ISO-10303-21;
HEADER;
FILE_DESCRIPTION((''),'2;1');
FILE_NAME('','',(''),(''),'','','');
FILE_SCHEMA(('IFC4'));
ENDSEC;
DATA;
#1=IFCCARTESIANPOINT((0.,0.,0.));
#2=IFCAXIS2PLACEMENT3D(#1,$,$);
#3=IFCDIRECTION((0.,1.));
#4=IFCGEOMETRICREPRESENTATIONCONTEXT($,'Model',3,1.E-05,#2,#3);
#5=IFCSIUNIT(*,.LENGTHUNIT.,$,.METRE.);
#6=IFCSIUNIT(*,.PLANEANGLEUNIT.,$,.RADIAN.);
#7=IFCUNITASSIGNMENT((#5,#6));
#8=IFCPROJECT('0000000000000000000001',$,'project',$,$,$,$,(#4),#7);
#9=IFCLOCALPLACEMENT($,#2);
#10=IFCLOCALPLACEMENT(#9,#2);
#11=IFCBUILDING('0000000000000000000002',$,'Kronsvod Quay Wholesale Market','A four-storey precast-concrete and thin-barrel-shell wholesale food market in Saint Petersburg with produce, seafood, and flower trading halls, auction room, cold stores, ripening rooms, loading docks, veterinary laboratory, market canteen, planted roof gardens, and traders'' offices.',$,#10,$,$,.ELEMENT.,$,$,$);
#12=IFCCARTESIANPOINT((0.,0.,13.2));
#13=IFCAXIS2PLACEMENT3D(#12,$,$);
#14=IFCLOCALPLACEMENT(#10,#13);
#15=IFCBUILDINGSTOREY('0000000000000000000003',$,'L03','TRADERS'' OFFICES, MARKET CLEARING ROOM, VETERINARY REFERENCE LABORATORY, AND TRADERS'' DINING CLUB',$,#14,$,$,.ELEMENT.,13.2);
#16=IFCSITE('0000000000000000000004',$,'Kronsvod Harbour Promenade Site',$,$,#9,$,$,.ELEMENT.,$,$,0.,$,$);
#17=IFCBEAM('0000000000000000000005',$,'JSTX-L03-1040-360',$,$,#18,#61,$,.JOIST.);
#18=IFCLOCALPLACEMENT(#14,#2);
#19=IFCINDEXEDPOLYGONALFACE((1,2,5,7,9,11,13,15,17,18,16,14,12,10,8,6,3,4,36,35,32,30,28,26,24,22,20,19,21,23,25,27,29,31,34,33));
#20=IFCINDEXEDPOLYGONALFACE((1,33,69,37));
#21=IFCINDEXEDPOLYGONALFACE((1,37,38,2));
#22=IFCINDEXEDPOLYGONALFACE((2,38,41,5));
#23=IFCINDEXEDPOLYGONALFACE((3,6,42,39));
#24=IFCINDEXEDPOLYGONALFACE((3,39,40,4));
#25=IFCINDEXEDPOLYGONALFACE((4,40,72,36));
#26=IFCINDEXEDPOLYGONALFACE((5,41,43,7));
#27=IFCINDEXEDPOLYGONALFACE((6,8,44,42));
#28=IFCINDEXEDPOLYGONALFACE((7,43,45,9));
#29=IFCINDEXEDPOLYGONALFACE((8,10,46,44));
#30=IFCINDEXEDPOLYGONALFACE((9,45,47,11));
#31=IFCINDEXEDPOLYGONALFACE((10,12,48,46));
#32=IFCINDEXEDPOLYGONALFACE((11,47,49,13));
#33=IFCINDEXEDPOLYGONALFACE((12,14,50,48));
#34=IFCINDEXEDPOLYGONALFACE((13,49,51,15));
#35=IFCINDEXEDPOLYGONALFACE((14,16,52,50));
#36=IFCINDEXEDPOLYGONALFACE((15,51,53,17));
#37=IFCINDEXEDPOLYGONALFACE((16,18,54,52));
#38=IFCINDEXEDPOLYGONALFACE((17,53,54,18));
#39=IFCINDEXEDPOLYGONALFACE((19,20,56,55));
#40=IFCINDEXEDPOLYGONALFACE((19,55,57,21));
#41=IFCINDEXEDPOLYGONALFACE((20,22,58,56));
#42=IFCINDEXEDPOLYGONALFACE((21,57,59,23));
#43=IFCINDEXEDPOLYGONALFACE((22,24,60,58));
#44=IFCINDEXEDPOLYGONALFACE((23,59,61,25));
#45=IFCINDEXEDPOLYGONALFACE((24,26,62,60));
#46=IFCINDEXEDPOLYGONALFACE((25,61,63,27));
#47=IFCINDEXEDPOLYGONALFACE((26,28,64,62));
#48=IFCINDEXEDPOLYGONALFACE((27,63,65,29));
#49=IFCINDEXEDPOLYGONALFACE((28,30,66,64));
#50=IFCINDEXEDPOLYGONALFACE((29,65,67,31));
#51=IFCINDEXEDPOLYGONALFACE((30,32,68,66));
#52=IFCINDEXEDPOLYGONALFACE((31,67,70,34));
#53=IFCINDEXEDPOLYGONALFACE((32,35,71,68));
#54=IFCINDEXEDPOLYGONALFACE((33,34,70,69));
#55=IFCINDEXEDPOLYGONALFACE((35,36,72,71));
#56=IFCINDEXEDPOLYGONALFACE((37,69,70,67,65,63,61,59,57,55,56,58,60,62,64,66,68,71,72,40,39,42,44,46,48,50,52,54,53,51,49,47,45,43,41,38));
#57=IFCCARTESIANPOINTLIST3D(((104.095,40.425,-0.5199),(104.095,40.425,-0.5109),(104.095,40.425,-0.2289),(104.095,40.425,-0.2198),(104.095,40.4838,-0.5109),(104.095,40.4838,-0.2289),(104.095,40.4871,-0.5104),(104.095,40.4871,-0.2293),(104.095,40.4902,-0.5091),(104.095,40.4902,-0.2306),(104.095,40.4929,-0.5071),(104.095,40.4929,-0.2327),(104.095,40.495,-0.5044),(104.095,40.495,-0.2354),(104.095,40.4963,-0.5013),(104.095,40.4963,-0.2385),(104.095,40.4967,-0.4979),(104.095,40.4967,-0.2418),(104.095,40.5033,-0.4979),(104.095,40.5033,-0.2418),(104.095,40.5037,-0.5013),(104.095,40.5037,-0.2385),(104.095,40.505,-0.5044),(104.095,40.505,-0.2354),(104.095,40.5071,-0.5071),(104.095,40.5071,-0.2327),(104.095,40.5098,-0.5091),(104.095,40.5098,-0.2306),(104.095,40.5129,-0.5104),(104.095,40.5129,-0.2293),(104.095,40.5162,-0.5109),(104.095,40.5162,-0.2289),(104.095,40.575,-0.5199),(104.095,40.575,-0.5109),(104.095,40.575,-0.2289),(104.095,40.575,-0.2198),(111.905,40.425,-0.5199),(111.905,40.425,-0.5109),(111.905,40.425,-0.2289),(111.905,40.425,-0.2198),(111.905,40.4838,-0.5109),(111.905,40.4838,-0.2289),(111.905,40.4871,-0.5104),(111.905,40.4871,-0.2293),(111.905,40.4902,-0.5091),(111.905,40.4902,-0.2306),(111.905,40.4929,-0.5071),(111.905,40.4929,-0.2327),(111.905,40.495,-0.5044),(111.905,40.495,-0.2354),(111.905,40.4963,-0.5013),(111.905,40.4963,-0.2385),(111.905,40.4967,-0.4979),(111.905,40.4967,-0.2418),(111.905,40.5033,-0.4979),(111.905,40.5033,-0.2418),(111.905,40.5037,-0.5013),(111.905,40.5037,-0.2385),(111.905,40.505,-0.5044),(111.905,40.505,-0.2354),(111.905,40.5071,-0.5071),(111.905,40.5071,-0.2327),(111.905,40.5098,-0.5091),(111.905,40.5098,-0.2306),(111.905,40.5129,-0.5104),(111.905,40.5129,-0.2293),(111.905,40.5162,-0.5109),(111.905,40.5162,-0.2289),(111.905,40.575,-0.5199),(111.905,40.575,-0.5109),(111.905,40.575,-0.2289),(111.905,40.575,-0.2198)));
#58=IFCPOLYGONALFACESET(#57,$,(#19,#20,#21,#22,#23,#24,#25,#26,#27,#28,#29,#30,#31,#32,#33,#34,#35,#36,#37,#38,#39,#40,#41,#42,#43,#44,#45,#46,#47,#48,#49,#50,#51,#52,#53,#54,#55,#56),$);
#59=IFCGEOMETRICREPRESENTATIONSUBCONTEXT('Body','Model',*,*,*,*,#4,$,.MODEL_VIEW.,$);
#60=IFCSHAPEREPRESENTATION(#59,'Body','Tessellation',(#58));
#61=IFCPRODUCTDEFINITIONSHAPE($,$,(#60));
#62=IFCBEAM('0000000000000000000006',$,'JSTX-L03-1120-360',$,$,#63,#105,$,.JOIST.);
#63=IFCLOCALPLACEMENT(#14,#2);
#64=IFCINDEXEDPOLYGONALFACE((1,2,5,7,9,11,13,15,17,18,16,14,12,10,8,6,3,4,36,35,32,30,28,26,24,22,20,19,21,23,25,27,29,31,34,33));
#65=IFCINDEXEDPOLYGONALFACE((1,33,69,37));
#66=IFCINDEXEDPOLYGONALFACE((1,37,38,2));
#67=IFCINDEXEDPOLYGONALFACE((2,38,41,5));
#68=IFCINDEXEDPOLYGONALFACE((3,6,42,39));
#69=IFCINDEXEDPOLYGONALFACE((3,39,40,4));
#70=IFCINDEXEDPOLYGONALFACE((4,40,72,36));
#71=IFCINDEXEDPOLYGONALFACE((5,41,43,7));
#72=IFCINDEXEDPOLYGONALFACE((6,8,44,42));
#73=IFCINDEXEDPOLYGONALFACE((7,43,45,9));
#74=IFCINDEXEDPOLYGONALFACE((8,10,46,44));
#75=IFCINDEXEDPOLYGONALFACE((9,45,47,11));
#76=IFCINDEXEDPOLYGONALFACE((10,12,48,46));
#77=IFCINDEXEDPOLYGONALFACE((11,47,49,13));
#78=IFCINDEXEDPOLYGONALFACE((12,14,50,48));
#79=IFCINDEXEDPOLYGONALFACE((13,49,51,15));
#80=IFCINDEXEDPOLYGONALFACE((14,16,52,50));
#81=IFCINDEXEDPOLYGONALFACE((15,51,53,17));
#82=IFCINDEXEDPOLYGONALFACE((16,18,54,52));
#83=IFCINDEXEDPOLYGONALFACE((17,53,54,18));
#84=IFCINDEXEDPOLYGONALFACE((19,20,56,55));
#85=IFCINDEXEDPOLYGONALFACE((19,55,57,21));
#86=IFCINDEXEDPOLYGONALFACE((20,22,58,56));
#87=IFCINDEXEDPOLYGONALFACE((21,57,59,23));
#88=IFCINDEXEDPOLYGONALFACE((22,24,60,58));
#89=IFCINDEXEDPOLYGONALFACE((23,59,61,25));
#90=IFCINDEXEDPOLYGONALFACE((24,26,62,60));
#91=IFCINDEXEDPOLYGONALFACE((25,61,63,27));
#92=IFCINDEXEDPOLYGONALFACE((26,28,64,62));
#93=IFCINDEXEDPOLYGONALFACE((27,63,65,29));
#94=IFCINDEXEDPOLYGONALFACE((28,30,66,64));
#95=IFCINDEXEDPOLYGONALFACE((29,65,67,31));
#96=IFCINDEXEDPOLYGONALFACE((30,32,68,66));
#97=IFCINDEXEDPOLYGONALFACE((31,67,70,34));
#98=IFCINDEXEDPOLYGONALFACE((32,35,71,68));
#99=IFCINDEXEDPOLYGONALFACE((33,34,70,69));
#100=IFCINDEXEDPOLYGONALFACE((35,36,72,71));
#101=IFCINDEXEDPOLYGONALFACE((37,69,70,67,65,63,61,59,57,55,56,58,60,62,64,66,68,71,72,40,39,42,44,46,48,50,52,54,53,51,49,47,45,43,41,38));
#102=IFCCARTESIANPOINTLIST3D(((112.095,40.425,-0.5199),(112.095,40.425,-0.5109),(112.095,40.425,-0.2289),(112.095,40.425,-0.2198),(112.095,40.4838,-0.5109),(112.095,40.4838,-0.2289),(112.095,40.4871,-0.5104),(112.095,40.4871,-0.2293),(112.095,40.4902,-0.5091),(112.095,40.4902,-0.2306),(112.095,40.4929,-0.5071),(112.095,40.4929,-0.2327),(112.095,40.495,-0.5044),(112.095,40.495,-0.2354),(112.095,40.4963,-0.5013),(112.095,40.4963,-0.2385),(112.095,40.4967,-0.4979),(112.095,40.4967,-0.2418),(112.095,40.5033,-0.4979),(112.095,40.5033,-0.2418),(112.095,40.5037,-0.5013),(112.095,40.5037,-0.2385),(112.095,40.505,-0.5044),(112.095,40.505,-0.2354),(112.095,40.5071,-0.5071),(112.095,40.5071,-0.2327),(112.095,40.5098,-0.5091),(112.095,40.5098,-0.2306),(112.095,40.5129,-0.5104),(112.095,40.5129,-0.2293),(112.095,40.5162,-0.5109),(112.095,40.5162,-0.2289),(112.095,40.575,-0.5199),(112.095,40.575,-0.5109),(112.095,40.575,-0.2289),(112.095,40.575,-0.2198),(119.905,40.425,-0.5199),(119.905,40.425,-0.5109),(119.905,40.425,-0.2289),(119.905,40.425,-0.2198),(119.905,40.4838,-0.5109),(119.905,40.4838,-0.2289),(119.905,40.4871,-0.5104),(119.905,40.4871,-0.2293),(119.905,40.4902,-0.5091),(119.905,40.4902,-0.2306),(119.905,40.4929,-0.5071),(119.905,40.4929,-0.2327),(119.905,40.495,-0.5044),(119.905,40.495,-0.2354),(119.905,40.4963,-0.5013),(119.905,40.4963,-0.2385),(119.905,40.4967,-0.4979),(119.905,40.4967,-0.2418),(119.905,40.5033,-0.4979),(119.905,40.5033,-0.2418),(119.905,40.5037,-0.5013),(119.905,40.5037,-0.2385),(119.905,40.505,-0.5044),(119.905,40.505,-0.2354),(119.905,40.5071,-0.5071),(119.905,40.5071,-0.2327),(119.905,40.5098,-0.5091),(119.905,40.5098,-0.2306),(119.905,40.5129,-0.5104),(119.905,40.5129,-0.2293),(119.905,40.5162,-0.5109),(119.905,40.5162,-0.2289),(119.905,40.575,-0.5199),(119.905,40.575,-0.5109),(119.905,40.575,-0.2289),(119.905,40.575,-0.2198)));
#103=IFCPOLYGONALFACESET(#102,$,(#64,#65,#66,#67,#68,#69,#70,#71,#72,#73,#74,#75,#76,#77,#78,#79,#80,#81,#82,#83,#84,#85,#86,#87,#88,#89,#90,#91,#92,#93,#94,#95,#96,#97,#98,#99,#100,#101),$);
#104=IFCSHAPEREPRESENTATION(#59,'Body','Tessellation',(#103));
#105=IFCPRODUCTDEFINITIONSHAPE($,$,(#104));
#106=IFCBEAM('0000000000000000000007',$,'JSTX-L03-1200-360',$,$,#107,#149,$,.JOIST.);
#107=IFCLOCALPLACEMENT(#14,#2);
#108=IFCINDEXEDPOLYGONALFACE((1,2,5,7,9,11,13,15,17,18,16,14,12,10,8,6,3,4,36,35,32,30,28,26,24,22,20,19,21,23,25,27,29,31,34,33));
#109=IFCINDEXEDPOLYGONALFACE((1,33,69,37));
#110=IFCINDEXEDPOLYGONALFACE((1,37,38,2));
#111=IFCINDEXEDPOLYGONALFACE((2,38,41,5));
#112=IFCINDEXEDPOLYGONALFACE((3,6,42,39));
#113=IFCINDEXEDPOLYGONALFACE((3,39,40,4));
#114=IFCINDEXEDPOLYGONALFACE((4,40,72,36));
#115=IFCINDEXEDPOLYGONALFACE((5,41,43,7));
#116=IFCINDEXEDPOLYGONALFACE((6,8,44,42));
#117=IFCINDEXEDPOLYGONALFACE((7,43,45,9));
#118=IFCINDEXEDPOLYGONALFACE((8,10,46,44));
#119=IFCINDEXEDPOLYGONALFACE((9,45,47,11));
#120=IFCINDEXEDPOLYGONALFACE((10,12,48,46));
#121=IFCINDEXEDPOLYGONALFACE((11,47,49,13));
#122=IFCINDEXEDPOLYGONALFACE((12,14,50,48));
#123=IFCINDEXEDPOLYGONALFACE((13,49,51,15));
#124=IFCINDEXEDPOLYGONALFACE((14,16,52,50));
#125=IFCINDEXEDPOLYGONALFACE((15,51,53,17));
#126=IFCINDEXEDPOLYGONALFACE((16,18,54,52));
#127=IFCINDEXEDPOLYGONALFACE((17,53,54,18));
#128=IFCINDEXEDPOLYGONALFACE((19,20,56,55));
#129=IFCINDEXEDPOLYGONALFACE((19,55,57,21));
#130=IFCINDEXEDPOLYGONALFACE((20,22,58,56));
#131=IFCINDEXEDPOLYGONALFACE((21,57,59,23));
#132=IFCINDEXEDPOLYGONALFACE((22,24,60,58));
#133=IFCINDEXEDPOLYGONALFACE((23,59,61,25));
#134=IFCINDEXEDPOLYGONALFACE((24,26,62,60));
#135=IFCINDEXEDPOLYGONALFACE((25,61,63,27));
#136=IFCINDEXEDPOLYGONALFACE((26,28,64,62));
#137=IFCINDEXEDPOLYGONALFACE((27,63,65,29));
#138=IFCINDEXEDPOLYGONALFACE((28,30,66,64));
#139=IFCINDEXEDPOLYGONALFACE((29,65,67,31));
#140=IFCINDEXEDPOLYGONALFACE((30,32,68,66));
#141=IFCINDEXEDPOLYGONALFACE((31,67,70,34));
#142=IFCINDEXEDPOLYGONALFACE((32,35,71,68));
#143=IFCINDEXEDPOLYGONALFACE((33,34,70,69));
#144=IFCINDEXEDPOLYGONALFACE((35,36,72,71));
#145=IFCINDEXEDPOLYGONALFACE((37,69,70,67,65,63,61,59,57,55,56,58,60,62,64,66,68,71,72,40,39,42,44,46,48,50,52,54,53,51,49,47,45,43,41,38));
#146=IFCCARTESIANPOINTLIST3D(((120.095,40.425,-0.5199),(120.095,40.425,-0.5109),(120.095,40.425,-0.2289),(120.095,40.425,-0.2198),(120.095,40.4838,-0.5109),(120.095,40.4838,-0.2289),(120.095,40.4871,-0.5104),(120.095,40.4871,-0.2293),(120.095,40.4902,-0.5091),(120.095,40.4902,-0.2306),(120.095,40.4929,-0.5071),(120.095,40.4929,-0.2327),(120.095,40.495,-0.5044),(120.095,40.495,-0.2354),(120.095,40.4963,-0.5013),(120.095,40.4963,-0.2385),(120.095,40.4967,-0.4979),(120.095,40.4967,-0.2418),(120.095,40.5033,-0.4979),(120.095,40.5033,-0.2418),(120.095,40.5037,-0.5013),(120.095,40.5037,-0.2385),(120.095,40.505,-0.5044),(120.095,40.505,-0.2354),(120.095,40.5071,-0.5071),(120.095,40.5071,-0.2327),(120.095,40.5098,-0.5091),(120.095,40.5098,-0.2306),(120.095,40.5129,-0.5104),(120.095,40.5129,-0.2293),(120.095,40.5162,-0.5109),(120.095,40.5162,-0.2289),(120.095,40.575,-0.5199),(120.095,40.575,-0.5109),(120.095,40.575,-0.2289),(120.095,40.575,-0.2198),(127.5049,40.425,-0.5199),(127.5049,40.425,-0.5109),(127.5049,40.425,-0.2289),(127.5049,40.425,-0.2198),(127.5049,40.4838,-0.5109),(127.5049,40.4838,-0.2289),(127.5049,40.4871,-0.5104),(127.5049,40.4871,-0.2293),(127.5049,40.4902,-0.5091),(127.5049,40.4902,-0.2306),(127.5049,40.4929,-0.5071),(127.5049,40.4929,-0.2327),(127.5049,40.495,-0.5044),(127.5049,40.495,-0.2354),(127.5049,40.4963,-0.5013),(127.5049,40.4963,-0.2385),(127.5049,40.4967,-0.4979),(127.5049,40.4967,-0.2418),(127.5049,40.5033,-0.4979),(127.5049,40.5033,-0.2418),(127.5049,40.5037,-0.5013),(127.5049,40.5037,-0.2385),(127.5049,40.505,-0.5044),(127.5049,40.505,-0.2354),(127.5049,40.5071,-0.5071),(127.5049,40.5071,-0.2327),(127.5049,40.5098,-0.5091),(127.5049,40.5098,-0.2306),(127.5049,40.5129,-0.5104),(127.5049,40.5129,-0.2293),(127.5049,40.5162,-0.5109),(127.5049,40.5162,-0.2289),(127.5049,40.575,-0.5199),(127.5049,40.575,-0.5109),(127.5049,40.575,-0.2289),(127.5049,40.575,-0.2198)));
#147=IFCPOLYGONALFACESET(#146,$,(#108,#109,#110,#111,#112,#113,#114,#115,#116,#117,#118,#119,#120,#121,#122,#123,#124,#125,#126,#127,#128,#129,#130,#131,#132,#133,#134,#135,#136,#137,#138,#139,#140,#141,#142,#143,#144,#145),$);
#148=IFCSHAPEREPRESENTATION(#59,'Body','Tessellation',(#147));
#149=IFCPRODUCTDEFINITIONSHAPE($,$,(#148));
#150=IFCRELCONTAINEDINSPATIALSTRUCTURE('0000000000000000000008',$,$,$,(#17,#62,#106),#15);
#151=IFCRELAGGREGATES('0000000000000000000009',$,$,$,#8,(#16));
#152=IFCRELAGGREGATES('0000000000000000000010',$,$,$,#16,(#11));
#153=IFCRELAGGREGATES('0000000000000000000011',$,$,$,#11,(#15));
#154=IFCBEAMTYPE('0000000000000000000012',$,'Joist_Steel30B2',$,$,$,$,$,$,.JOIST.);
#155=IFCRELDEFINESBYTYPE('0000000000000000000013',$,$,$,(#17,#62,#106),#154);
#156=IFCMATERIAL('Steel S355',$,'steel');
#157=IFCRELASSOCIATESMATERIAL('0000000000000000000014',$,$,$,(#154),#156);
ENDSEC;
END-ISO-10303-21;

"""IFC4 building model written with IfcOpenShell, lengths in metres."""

from ifc_helpers import new_model, si_unit, direction, frame, origin, origin_2d, place, context, subcontext, project, spatial, i_section, extrude, material, material_profile, profile_set, type_object, element, save


model = new_model("IFC4")

# Units and contexts
model_context = context("Model", 3, precision=1e-05, world=origin(), true_north=direction((0.0, 1.0)))
body_context = subcontext(model_context, "Body", "Model", "MODEL_VIEW")
ifc_project = project(units=[si_unit("LENGTHUNIT", "METRE"), si_unit("PLANEANGLEUNIT", "RADIAN")], contexts=[model_context])

# Site, building, storey
site_placement = place(None, origin())
site = spatial("IfcSite", under=ifc_project, at=site_placement, Name="Kronsvod Harbour Promenade Site", CompositionType="ELEMENT", RefElevation=0.0)
building_placement = place(site_placement, origin())
building = spatial("IfcBuilding", under=site, at=building_placement, Name="Kronsvod Quay Wholesale Market", Description="A four-storey precast-concrete and thin-barrel-shell wholesale food market in Saint Petersburg with produce, seafood, and flower trading halls, auction room, cold stores, ripening rooms, loading docks, veterinary laboratory, market canteen, planted roof gardens, and traders' offices.", CompositionType="ELEMENT")
storey_placement = place(building_placement, frame((0.0, 0.0, 13.2)))
storey = spatial("IfcBuildingStorey", under=building, at=storey_placement, Name="L03", Description="TRADERS' OFFICES, MARKET CLEARING ROOM, VETERINARY REFERENCE LABORATORY, AND TRADERS' DINING CLUB", CompositionType="ELEMENT", Elevation=13.2)

# Beams
ifc_material_1 = material(Name="Steel S355", Category="steel")
ifc_material_profile_1 = material_profile(ifc_material_1, i_section(OverallWidth=0.1499, OverallDepth=0.3, WebThickness=0.0066, FlangeThickness=0.009, FilletRadius=0.0129, at=origin_2d()), Name="30B2")
ifc_profile_set_1 = profile_set([ifc_material_profile_1], Name="Steel S355")
beam_type_1 = type_object("IfcBeamType", Name="Joist_Steel30B2", PredefinedType="JOIST", material=ifc_profile_set_1)
for number, where, z_axis, x_axis, name in (
    (1, (104.095, 40.5, -0.3699), (1.0, 0.0, 0.0), (0.0, 1.0, 0.0), "JSTX-L03-1040-360"),
    (2, (112.095, 40.5, -0.3699), (1.0, 0.0, 0.0), (0.0, 1.0, 0.0), "JSTX-L03-1120-360"),
):
    element("IfcBeam", number, at=place(storey_placement, frame(where, z_axis=z_axis, x_axis=x_axis)), inside=storey, type_object=beam_type_1, Name=name, PredefinedType="JOIST", context=body_context, shape_type="SweptSolid", body=[
        extrude(i_section(OverallWidth=0.1499, OverallDepth=0.3, WebThickness=0.0066, FlangeThickness=0.009, FilletRadius=0.0129, at=origin_2d()), origin(), (0.0, 0.0, 1.0), 7.8101),
    ])
beam_1_placement = place(storey_placement, frame((120.095, 40.5, -0.3699), z_axis=(1.0, 0.0, 0.0), x_axis=(0.0, 1.0, 0.0)))
element("IfcBeam", 3, at=beam_1_placement, inside=storey, type_object=beam_type_1, Name="JSTX-L03-1200-360", PredefinedType="JOIST", context=body_context, shape_type="SweptSolid", body=[
    extrude(i_section(OverallWidth=0.1499, OverallDepth=0.3, WebThickness=0.0066, FlangeThickness=0.009, FilletRadius=0.0129, at=origin_2d()), origin(), (0.0, 0.0, 1.0), 7.4099),
])

save(model, "model.ifc")
